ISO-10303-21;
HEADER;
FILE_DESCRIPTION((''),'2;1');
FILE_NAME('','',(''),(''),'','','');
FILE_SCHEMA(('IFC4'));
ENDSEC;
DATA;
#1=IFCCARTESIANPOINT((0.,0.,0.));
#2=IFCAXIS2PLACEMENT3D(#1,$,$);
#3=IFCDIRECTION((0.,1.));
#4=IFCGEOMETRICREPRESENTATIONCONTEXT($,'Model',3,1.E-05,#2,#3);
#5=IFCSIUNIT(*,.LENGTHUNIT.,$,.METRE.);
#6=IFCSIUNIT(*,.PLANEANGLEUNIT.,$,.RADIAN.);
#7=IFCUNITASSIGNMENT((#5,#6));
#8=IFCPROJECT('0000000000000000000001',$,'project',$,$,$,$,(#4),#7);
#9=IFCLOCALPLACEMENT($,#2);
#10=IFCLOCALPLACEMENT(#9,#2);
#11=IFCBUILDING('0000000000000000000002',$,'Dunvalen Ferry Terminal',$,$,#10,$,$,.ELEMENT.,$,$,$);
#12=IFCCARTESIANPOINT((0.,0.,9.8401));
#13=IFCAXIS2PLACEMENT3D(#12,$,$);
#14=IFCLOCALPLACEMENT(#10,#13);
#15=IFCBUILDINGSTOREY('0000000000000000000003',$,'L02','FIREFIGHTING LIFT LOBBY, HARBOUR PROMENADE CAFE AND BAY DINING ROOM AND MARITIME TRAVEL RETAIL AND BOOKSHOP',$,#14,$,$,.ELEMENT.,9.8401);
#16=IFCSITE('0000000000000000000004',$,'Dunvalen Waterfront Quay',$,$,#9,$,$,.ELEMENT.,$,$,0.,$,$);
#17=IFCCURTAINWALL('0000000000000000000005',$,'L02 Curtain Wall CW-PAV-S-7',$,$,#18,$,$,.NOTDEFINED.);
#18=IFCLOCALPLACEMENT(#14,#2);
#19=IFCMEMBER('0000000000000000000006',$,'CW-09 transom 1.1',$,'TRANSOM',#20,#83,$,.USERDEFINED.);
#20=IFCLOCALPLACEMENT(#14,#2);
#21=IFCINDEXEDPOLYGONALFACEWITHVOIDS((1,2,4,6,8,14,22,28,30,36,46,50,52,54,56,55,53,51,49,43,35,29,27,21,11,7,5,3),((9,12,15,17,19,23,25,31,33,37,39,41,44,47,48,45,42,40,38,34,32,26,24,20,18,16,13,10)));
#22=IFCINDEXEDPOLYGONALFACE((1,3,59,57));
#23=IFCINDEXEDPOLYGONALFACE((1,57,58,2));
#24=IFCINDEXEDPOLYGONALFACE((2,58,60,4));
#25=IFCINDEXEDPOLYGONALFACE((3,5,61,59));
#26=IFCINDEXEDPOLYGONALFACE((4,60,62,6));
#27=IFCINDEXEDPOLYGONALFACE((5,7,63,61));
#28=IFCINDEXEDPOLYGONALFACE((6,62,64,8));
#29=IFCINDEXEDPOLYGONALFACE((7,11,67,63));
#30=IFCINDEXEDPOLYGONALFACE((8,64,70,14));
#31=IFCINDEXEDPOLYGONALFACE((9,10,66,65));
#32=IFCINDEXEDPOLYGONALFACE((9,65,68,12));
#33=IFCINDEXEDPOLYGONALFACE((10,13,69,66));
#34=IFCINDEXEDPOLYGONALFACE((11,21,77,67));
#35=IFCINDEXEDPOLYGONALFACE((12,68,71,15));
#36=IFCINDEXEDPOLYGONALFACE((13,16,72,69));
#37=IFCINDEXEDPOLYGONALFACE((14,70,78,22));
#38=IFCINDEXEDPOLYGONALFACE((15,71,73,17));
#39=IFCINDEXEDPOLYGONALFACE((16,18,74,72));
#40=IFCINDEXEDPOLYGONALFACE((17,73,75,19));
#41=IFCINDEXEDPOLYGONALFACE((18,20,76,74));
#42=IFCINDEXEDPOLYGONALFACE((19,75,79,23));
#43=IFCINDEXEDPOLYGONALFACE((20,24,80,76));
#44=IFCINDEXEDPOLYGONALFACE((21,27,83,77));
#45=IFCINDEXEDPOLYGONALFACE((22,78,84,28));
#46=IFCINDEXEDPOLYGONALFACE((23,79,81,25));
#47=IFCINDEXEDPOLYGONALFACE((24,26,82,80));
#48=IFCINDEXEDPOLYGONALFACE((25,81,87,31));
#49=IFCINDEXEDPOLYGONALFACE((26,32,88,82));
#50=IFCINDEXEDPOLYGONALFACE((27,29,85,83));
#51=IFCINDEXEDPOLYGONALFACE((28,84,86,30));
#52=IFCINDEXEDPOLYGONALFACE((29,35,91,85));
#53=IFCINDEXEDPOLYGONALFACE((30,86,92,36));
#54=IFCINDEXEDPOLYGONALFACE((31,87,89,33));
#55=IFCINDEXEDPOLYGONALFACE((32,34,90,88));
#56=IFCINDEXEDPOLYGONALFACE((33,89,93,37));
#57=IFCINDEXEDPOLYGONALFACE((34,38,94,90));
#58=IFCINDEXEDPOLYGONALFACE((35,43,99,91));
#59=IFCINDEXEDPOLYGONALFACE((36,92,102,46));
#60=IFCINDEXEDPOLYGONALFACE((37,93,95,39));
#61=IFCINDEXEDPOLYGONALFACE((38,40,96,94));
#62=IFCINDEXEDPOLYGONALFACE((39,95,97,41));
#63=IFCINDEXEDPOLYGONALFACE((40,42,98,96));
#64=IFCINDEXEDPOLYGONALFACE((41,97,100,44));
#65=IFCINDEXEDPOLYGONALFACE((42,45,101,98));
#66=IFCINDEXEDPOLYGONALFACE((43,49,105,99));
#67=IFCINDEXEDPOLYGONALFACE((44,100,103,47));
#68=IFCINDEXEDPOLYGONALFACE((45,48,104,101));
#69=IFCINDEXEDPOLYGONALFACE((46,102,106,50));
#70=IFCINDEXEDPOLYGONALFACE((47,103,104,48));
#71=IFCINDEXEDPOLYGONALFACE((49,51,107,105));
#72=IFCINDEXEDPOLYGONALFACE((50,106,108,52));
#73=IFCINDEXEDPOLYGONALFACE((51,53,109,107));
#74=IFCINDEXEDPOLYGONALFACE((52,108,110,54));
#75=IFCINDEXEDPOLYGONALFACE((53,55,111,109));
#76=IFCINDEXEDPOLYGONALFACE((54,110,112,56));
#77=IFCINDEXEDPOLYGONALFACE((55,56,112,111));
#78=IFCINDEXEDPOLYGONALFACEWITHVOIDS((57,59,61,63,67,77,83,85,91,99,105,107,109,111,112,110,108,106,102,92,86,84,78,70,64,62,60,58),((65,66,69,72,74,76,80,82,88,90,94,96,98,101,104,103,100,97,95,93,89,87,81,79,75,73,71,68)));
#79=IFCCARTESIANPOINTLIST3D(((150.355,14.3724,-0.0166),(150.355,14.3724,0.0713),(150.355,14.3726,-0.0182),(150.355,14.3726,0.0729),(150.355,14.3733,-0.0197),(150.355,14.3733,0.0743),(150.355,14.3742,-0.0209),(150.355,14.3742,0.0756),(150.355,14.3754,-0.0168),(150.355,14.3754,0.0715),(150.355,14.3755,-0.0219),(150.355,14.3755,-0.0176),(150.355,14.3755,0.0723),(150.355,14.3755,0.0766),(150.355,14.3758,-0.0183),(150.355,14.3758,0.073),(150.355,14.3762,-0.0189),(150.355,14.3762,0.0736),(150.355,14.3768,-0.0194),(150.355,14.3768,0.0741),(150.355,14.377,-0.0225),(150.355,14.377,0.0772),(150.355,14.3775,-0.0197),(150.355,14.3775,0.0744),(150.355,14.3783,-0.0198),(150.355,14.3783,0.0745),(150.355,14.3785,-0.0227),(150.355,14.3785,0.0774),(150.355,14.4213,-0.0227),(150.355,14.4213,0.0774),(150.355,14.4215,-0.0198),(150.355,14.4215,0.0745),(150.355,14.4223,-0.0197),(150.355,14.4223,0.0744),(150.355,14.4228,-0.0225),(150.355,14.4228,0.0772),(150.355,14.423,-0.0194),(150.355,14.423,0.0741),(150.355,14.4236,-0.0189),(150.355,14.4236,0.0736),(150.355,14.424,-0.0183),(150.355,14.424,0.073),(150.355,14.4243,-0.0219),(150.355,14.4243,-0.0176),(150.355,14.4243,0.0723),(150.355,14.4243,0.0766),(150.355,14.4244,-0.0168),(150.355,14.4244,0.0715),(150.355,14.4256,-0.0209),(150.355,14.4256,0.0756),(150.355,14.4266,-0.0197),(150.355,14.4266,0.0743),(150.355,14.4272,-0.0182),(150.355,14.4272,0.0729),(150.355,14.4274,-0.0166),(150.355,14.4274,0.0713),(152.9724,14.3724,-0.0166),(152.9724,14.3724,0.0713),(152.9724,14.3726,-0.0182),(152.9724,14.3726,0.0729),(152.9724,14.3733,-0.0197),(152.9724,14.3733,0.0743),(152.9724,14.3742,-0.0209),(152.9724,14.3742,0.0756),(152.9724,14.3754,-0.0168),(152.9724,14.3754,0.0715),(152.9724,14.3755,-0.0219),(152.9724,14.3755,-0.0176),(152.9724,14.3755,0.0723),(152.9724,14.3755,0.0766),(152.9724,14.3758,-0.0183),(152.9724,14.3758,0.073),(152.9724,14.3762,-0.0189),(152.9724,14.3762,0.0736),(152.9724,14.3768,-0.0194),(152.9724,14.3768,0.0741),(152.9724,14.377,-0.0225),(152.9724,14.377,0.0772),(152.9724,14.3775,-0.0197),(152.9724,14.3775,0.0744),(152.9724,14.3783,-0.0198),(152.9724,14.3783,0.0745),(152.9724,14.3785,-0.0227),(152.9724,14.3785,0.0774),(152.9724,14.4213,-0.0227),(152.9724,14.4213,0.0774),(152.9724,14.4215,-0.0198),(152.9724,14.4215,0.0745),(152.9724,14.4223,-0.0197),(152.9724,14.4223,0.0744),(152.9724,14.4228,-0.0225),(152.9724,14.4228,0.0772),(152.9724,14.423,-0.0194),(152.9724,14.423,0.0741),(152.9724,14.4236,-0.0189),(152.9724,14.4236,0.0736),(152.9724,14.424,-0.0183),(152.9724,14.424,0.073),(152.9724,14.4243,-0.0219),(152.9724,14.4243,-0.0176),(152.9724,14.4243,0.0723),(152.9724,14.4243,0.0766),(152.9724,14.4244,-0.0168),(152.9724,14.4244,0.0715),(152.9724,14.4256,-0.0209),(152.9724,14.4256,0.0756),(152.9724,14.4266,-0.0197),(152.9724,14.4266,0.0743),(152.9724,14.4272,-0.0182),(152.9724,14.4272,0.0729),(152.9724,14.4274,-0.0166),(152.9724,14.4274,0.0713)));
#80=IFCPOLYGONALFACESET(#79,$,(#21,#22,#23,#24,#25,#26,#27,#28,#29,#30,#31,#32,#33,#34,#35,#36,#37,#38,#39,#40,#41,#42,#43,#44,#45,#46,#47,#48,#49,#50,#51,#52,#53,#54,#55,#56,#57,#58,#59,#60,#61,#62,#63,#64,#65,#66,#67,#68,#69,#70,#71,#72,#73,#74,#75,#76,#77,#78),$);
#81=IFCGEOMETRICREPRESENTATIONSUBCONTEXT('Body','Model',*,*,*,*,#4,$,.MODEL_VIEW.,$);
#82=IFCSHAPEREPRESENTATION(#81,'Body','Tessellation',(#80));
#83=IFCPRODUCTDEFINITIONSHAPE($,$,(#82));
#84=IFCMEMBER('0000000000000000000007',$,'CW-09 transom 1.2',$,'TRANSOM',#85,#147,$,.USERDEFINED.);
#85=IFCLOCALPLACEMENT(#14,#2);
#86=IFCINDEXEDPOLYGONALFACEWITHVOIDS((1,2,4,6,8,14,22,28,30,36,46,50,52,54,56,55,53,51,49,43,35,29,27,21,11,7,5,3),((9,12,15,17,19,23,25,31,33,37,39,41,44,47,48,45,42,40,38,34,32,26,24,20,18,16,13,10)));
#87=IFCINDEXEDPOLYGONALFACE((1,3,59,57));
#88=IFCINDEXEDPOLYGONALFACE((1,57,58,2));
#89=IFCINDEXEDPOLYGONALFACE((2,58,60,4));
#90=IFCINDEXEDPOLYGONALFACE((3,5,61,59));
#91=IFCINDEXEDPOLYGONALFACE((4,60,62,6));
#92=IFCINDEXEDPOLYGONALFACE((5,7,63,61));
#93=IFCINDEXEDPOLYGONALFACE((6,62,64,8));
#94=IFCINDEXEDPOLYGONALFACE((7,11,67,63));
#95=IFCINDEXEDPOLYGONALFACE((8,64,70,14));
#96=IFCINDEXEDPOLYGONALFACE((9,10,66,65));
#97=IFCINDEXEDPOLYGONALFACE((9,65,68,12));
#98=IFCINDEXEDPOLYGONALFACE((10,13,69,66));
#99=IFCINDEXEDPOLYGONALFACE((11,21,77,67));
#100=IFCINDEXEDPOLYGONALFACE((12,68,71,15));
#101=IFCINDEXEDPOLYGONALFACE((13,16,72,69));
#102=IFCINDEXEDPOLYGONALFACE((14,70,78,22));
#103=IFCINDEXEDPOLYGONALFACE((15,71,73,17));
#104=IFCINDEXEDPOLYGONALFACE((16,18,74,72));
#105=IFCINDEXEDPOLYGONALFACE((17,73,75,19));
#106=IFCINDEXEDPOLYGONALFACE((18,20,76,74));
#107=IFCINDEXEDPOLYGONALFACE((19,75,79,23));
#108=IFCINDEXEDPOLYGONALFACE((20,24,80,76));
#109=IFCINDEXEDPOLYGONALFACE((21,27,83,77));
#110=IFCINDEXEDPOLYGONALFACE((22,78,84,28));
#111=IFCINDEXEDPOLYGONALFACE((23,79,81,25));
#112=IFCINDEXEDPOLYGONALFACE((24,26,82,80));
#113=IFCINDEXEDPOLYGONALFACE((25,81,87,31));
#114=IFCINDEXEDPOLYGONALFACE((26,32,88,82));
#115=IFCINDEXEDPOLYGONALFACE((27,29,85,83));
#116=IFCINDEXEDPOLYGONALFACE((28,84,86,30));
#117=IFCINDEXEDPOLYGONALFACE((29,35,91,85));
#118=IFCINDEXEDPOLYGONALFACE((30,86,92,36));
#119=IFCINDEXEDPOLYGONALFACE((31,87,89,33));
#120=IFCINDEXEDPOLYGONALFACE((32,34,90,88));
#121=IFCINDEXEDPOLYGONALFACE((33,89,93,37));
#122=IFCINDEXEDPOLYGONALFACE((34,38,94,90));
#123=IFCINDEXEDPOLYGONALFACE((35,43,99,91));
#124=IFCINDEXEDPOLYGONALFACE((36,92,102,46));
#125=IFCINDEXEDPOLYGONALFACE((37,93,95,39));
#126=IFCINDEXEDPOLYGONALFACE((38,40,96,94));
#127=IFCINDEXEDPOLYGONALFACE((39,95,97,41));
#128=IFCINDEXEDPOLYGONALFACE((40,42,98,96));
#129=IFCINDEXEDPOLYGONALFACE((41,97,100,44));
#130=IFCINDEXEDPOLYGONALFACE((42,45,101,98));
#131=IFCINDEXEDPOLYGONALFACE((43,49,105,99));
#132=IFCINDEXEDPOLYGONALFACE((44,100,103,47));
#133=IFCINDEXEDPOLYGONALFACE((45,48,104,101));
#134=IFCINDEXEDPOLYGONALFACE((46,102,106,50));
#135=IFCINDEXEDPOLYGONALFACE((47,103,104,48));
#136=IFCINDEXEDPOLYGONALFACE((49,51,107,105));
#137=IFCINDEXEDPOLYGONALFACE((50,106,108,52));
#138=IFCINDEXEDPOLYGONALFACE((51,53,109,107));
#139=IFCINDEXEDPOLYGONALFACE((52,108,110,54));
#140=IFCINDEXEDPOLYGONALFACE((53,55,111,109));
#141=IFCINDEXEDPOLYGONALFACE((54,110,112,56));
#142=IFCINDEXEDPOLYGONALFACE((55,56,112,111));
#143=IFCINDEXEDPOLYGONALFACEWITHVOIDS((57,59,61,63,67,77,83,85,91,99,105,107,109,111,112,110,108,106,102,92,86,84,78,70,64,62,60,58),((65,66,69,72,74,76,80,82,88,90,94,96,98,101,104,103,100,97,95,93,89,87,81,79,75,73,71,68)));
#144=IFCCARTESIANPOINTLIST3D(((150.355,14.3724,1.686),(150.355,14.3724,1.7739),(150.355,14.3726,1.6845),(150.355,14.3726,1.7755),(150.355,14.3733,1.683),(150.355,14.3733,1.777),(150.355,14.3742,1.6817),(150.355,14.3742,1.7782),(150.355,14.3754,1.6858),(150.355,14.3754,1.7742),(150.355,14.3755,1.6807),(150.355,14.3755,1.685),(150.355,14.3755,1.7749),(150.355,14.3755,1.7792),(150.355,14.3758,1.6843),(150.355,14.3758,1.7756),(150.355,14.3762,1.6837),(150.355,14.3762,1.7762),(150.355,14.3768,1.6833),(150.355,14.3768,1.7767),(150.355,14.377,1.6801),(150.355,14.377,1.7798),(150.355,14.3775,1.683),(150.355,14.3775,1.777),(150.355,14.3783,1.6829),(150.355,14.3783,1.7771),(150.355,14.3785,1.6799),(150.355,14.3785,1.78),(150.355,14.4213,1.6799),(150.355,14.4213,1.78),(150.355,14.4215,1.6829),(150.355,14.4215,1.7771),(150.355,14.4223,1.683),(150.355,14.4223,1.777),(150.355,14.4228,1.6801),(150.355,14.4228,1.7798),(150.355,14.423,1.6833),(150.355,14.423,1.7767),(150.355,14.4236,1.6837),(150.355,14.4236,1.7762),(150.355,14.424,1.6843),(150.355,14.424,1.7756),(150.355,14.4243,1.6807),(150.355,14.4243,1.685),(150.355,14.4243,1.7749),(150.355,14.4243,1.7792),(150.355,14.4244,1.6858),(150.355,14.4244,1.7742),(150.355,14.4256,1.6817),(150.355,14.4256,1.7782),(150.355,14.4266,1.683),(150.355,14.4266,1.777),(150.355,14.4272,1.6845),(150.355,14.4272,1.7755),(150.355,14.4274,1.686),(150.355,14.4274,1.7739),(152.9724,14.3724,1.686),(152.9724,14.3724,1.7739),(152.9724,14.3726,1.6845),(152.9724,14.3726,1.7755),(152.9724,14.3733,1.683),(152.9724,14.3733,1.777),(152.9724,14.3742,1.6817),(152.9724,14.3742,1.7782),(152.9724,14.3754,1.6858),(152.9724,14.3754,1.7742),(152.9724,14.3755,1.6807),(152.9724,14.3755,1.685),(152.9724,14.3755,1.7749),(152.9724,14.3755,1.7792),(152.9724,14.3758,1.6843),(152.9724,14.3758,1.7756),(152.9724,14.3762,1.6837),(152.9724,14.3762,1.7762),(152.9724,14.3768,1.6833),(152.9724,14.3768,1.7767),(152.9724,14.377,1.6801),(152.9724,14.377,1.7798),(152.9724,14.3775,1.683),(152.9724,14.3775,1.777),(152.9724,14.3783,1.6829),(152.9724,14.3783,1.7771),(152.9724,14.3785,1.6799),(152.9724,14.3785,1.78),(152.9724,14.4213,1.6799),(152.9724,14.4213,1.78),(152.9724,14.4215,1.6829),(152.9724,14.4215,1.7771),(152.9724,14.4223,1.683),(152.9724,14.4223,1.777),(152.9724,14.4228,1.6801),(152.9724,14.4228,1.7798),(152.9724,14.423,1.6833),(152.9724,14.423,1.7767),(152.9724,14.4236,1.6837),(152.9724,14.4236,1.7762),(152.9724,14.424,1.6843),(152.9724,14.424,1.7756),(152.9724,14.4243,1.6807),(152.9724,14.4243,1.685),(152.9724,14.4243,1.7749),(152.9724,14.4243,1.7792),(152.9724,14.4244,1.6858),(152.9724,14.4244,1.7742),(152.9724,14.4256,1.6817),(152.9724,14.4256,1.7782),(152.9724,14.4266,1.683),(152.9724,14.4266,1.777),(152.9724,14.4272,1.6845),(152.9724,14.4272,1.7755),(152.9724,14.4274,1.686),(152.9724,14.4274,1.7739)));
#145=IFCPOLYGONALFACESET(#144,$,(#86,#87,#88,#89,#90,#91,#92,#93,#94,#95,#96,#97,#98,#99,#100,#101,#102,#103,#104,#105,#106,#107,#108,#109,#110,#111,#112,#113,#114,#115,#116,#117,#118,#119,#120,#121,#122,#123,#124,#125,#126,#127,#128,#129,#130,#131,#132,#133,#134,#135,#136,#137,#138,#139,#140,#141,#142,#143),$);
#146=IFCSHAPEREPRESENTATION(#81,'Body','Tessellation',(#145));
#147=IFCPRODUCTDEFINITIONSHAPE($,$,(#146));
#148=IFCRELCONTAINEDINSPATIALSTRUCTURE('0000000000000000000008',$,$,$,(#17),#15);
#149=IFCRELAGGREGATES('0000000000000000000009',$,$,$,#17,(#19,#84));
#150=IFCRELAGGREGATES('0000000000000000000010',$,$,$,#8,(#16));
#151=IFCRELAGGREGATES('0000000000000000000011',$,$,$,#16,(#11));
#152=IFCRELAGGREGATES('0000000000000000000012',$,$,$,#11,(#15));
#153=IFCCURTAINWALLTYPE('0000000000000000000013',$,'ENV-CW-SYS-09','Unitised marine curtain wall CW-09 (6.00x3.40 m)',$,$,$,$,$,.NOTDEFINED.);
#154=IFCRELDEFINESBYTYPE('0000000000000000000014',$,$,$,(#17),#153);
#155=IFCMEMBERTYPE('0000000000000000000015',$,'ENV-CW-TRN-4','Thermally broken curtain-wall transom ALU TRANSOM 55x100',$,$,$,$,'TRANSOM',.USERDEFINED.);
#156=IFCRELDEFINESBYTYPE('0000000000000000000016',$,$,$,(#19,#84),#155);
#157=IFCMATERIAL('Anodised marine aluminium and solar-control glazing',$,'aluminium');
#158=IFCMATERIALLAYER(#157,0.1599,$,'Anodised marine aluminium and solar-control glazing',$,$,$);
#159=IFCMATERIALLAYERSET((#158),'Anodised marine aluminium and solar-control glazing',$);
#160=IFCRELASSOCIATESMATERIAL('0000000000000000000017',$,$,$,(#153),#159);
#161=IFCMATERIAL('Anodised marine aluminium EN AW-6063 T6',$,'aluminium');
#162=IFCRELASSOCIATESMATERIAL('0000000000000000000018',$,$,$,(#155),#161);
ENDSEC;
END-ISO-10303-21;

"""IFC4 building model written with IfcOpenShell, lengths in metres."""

from ifc_helpers import new_model, si_unit, direction, frame, origin, origin_2d, place, context, subcontext, project, spatial, hollow_rectangle, extrude, material, layer, layer_set, material_profile, profile_set, type_object, element, aggregate, save


model = new_model("IFC4")

# Units and contexts
model_context = context("Model", 3, precision=1e-05, world=origin(), true_north=direction((0.0, 1.0)))
body_context = subcontext(model_context, "Body", "Model", "MODEL_VIEW")
ifc_project = project(units=[si_unit("LENGTHUNIT", "METRE"), si_unit("PLANEANGLEUNIT", "RADIAN")], contexts=[model_context])

# Site, building, storey
site_placement = place(None, origin())
site = spatial("IfcSite", under=ifc_project, at=site_placement, Name="Dunvalen Waterfront Quay", CompositionType="ELEMENT", RefElevation=0.0)
building_placement = place(site_placement, origin())
building = spatial("IfcBuilding", under=site, at=building_placement, Name="Dunvalen Ferry Terminal", CompositionType="ELEMENT")
storey_placement = place(building_placement, frame((0.0, 0.0, 9.8401)))
storey = spatial("IfcBuildingStorey", under=building, at=storey_placement, Name="L02", Description="FIREFIGHTING LIFT LOBBY, HARBOUR PROMENADE CAFE AND BAY DINING ROOM AND MARITIME TRAVEL RETAIL AND BOOKSHOP", CompositionType="ELEMENT", Elevation=9.8401)

# Curtain wall, members
ifc_material_1 = material(Name="Anodised marine aluminium and solar-control glazing", Category="aluminium")
ifc_layer_1 = layer(ifc_material_1, 0.1599, Name="Anodised marine aluminium and solar-control glazing")
ifc_layer_set_1 = layer_set([ifc_layer_1], Name="Anodised marine aluminium and solar-control glazing")
curtain_wall_type = type_object("IfcCurtainWallType", Name="ENV-CW-SYS-09", Description="Unitised marine curtain wall CW-09 (6.00x3.40 m)", PredefinedType="NOTDEFINED", material=ifc_layer_set_1)
curtain_wall_placement = place(storey_placement, origin())
curtain_wall = element("IfcCurtainWall", 1, at=curtain_wall_placement, inside=storey, type_object=curtain_wall_type, Name="L02 Curtain Wall CW-PAV-S-7", PredefinedType="NOTDEFINED")
ifc_material_2 = material(Name="Anodised marine aluminium EN AW-6063 T6", Category="aluminium")
ifc_material_profile_1 = material_profile(ifc_material_2, hollow_rectangle(XDim=0.0549, YDim=0.1001, WallThickness=0.0029, InnerFilletRadius=0.0029, OuterFilletRadius=0.0061, at=origin_2d()), Name="Anodised marine aluminium EN AW-6063 T6")
ifc_profile_set_1 = profile_set([ifc_material_profile_1], Name="Anodised marine aluminium EN AW-6063 T6")
member_type_1 = type_object("IfcMemberType", Name="ENV-CW-TRN-4", Description="Thermally broken curtain-wall transom ALU TRANSOM 55x100", ElementType="TRANSOM", PredefinedType="USERDEFINED", material=ifc_profile_set_1)
member_1_placement = place(storey_placement, frame((150.355, 14.3999, 0.0273), z_axis=(1.0, 0.0, 0.0), x_axis=(0.0, 1.0, 0.0)))
member_1 = element("IfcMember", 2, at=member_1_placement, type_object=member_type_1, Name="CW-09 transom 1.1", ObjectType="TRANSOM", PredefinedType="USERDEFINED", context=body_context, shape_type="SweptSolid", body=[
    extrude(hollow_rectangle(XDim=0.0549, YDim=0.1001, WallThickness=0.0029, InnerFilletRadius=0.0029, OuterFilletRadius=0.0061, at=origin_2d()), origin(), (0.0, 0.0, 1.0), 2.6174),
])
member_2_placement = place(storey_placement, frame((150.355, 14.3999, 1.73), z_axis=(1.0, 0.0, 0.0), x_axis=(0.0, 1.0, 0.0)))
member_2 = element("IfcMember", 3, at=member_2_placement, type_object=member_type_1, Name="CW-09 transom 1.2", ObjectType="TRANSOM", PredefinedType="USERDEFINED", context=body_context, shape_type="SweptSolid", body=[
    extrude(hollow_rectangle(XDim=0.0549, YDim=0.1001, WallThickness=0.0029, InnerFilletRadius=0.0029, OuterFilletRadius=0.0061, at=origin_2d()), origin(), (0.0, 0.0, 1.0), 2.6174),
])

aggregate(curtain_wall, [member_1, member_2])

save(model, "model.ifc")
